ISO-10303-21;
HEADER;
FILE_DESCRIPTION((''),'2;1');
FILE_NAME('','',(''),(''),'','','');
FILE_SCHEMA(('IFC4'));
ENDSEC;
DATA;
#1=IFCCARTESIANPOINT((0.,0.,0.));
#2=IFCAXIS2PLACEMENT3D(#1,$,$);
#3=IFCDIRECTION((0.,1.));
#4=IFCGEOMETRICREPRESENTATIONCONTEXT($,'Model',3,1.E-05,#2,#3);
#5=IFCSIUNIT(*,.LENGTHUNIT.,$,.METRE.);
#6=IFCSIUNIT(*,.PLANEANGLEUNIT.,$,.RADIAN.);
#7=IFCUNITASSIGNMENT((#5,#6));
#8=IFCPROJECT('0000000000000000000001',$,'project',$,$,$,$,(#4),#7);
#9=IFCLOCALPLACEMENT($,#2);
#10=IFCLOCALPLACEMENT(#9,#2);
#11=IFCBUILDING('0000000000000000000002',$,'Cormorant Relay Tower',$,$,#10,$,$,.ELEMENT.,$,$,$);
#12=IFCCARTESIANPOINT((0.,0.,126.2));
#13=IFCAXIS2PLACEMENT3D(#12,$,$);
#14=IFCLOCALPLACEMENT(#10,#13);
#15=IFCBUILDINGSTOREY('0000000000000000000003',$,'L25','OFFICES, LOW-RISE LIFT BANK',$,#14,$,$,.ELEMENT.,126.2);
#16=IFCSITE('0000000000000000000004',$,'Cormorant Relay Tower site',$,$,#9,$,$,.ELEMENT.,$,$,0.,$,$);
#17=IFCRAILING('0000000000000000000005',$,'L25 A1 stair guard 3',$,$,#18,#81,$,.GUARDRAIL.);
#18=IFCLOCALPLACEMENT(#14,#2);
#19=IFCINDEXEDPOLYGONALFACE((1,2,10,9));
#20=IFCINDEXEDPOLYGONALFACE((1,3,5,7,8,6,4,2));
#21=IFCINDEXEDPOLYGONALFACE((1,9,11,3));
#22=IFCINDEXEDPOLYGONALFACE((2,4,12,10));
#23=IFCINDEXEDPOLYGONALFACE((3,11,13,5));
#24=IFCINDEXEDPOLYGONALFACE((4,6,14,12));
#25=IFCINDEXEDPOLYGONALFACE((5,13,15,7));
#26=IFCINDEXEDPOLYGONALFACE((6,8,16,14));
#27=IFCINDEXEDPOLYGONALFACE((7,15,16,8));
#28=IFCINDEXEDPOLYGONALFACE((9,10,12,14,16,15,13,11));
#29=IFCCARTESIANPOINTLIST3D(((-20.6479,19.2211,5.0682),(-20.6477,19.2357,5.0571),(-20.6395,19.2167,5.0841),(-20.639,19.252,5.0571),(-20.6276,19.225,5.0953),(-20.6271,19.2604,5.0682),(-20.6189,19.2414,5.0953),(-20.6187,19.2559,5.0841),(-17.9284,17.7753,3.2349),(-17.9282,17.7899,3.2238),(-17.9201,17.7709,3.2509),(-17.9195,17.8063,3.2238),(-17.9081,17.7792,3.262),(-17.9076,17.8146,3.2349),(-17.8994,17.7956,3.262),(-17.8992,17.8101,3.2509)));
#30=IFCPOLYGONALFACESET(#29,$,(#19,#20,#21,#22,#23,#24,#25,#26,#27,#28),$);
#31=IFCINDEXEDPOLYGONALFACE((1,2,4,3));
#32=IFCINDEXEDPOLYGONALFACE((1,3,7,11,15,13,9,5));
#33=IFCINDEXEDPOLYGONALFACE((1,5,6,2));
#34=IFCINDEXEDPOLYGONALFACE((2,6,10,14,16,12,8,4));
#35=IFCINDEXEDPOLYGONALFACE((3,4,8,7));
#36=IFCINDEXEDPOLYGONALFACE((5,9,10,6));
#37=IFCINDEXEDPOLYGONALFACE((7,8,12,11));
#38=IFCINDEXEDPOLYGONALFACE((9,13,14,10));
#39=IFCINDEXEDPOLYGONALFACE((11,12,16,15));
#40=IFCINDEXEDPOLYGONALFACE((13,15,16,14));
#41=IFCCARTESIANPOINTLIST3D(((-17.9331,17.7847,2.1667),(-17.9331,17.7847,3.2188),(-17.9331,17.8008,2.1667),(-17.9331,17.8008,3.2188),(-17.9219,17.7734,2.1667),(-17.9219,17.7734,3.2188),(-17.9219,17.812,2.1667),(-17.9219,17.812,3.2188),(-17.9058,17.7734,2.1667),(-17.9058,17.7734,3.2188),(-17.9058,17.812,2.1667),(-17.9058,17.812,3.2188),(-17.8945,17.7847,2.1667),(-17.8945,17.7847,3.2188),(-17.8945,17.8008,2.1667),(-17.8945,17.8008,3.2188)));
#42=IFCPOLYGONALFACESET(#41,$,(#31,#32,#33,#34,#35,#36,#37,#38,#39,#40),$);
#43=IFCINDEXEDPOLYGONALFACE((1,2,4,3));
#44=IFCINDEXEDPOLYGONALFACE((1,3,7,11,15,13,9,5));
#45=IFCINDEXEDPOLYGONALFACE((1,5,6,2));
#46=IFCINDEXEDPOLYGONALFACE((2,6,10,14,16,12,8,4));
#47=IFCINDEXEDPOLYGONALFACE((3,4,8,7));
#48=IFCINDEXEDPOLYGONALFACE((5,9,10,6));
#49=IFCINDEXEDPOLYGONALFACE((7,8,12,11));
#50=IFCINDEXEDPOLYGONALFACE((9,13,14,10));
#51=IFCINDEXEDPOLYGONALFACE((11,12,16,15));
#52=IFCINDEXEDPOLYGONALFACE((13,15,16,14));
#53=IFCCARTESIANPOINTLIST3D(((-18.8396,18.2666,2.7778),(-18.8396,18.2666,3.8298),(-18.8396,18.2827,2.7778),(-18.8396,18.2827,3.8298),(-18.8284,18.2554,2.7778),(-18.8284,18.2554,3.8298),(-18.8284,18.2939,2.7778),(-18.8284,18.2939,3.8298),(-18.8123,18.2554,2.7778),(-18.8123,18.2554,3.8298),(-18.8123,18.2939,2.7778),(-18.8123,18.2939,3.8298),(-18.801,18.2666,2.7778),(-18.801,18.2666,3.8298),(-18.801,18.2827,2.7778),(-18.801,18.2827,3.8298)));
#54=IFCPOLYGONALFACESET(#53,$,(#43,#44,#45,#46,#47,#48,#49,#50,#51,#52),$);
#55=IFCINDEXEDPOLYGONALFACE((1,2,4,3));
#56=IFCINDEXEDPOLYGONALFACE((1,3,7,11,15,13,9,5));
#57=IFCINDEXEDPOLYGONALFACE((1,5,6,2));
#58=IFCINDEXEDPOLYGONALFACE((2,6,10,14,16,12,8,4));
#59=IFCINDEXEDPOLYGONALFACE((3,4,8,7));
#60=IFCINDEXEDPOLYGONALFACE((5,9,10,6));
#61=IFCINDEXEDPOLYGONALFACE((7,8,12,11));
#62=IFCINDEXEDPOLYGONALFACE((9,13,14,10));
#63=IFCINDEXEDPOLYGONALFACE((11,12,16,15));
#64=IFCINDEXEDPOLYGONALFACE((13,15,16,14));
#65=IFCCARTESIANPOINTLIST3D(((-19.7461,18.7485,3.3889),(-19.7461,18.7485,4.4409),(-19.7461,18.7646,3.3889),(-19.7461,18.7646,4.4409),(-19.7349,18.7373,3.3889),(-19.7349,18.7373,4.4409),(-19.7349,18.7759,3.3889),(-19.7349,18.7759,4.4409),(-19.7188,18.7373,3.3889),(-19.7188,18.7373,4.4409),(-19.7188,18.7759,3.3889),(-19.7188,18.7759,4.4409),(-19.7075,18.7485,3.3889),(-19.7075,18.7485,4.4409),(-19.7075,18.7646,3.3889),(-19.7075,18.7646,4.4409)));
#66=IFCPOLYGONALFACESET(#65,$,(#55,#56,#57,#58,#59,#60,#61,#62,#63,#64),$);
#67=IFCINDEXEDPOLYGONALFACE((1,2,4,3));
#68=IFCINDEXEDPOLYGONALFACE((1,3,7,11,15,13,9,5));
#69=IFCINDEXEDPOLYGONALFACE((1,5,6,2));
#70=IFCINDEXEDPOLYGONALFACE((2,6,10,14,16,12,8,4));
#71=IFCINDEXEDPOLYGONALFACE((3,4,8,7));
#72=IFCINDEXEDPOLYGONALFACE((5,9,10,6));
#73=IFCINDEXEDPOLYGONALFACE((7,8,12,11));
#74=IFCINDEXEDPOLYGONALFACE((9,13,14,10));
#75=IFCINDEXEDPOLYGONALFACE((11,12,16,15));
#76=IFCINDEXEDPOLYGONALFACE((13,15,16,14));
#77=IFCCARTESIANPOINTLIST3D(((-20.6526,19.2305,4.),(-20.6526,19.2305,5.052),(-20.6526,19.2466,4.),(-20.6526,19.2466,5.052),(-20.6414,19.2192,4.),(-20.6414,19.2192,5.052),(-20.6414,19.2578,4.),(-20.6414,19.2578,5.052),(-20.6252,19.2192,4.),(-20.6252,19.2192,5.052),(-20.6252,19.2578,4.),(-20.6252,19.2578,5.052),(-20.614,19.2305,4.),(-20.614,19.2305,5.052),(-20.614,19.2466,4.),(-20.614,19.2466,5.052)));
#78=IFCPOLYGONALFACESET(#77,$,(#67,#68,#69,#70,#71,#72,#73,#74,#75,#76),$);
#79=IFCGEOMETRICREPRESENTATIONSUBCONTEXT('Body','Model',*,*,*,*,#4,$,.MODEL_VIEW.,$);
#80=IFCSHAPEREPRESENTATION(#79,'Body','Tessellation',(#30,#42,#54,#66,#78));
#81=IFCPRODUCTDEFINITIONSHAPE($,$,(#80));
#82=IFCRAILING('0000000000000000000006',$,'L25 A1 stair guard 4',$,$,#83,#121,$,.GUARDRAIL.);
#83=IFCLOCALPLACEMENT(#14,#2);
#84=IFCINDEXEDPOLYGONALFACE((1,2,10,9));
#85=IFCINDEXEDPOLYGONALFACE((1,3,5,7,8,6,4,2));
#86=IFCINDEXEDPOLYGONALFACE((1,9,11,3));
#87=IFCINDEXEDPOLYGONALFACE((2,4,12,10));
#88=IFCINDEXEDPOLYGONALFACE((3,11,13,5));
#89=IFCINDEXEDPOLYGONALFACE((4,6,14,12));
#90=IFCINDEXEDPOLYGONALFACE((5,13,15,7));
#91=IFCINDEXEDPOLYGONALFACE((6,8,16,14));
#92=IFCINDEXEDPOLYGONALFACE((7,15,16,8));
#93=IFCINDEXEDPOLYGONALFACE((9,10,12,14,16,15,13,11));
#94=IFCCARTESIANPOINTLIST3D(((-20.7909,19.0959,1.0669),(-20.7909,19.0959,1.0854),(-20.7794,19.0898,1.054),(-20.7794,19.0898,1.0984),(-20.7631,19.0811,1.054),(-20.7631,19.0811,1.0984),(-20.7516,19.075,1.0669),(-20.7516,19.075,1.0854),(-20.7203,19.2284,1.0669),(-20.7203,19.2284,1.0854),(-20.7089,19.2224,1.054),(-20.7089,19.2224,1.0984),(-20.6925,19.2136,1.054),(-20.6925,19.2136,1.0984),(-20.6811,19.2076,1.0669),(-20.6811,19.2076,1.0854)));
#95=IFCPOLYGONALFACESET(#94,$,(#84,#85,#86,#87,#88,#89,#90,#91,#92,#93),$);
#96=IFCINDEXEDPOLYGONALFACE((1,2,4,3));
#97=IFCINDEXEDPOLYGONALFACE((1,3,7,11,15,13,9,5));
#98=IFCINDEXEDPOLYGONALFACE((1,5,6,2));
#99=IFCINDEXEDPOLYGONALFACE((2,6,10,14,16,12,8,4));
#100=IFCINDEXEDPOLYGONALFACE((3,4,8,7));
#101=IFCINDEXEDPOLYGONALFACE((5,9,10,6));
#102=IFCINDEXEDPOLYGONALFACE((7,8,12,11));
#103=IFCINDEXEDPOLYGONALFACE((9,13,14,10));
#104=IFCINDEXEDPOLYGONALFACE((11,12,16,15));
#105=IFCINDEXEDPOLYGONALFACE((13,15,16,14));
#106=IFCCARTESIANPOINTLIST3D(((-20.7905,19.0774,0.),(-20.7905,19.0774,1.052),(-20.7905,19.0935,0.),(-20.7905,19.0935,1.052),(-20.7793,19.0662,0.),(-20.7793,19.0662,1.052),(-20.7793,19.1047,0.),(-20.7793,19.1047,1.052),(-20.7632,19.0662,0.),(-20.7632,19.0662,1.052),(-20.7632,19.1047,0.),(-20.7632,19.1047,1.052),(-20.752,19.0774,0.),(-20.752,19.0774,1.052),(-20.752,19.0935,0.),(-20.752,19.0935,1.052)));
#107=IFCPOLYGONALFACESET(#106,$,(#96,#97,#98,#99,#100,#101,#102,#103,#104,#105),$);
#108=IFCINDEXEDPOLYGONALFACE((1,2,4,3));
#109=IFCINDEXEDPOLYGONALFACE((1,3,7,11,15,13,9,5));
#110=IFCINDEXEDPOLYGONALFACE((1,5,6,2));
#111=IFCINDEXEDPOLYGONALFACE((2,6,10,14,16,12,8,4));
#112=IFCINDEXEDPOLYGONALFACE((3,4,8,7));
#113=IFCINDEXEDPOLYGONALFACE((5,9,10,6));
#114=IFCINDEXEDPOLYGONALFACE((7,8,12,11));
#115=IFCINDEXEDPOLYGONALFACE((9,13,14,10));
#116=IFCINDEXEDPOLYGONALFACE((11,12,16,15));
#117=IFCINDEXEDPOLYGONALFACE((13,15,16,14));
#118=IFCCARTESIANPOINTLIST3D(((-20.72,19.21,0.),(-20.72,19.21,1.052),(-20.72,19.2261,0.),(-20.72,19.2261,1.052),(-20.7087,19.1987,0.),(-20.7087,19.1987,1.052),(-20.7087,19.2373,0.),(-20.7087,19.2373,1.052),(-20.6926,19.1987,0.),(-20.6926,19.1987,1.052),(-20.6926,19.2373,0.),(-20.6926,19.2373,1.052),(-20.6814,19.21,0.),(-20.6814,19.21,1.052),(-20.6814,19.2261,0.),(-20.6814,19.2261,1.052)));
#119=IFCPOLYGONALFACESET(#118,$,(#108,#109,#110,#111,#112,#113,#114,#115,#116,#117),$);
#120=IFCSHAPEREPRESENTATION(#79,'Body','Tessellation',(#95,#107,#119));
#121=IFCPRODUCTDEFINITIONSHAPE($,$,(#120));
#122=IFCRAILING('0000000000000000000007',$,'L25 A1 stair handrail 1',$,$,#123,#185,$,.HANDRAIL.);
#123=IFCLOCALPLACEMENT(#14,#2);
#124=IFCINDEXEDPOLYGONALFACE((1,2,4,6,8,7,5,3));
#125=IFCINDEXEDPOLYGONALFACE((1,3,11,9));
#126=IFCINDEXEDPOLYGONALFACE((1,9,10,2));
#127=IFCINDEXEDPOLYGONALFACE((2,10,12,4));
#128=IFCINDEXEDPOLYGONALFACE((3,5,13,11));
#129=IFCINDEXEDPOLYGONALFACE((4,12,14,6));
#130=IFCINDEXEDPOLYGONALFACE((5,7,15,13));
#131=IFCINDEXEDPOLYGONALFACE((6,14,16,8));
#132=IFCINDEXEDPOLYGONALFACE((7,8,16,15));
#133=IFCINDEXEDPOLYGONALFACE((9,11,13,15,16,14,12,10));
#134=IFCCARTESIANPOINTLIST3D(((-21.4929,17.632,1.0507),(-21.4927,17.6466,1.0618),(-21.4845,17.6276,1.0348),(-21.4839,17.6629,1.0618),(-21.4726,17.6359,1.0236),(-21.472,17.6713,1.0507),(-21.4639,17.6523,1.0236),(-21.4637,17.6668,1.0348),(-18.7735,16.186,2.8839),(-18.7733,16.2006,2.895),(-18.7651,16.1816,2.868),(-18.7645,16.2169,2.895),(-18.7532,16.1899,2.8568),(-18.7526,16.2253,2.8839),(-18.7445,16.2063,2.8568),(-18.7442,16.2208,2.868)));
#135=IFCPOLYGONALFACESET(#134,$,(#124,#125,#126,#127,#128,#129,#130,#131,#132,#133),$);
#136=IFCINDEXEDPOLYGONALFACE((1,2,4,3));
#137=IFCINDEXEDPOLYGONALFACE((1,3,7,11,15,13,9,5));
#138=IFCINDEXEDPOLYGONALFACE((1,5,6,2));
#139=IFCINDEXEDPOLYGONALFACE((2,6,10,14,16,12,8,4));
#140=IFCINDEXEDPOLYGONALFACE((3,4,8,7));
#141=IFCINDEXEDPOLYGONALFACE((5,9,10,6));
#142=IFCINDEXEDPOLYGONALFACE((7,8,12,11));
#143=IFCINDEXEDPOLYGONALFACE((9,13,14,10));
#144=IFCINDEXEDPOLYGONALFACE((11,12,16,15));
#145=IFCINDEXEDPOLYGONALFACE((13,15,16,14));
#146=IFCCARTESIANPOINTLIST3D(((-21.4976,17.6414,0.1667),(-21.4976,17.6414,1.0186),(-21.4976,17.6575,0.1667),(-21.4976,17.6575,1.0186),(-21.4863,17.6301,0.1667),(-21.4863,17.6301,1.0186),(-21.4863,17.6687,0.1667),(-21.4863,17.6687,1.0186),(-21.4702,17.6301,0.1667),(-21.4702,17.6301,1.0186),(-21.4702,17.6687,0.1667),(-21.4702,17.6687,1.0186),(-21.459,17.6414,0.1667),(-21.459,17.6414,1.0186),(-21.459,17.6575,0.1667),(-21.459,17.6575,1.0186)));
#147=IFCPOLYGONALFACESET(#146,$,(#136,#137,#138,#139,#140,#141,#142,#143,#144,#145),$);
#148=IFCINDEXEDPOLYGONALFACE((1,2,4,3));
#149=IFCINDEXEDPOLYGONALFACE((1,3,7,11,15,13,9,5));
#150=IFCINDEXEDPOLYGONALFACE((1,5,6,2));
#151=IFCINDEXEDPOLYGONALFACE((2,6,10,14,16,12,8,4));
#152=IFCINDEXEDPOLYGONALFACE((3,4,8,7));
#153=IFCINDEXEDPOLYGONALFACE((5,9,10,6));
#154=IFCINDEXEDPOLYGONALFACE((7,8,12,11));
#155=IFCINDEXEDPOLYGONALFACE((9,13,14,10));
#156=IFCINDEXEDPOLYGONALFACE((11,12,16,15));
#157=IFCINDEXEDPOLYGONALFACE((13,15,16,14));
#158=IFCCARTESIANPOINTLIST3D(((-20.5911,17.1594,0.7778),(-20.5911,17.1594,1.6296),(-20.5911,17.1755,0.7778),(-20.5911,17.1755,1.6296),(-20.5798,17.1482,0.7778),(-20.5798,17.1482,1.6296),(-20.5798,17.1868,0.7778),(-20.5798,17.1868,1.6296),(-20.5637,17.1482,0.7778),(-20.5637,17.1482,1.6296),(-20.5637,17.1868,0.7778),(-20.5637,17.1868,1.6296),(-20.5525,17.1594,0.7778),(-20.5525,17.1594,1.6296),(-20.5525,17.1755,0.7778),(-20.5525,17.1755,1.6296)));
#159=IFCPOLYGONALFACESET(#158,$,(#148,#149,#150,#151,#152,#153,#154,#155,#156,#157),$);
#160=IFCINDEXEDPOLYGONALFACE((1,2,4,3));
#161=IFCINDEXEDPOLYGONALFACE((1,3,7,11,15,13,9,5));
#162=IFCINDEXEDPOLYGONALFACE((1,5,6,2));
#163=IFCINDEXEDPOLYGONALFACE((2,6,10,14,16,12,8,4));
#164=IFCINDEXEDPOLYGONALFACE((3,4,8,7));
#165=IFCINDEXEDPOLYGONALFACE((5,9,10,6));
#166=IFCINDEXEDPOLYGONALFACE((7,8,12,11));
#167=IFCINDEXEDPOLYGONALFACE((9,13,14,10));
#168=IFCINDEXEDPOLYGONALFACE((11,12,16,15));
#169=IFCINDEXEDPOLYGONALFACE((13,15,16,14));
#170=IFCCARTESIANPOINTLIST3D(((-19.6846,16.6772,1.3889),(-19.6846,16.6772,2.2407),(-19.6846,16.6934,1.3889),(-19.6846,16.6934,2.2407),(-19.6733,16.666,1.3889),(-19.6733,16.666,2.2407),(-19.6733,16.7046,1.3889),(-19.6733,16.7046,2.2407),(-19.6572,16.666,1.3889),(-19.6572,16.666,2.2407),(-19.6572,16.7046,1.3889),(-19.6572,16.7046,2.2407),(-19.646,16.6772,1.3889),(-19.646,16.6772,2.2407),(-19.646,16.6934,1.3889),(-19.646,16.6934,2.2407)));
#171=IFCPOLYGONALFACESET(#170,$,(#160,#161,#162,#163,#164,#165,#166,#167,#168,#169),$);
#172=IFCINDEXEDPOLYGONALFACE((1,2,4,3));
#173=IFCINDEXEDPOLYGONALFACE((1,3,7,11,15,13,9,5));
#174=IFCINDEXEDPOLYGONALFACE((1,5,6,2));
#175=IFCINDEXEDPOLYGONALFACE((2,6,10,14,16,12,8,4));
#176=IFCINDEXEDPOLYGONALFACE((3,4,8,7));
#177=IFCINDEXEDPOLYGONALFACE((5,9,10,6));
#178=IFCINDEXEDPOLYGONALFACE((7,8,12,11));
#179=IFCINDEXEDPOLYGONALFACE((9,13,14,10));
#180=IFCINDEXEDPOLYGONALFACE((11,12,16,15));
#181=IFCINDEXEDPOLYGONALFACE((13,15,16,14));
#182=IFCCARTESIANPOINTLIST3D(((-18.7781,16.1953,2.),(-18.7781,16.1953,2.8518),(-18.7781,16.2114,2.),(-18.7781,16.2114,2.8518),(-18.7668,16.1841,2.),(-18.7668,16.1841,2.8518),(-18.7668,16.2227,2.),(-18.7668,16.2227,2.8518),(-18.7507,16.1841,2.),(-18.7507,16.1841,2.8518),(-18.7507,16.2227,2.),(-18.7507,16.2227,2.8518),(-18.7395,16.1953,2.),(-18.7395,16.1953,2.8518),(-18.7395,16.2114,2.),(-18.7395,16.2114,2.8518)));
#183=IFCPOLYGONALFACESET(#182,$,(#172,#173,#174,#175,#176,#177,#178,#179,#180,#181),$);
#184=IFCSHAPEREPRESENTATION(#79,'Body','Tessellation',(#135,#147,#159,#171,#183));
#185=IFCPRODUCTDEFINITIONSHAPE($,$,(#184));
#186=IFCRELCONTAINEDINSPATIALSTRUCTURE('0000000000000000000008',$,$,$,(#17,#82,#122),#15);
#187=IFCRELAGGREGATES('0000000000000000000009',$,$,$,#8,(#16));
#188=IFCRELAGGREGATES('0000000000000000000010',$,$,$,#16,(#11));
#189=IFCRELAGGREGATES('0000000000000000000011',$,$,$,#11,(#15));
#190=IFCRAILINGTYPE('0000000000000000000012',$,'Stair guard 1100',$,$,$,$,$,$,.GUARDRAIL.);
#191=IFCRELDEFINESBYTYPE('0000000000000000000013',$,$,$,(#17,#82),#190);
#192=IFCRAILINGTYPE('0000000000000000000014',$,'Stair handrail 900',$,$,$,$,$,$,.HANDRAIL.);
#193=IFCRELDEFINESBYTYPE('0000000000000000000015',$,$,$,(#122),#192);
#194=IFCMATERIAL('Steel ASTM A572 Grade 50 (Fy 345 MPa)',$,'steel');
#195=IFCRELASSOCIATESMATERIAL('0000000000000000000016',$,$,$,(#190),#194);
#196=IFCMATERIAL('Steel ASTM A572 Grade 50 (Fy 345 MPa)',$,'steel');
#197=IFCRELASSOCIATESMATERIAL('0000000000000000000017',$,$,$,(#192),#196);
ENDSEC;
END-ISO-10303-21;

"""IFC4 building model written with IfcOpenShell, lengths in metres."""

from ifc_helpers import new_model, si_unit, direction, frame, origin, place, context, subcontext, project, spatial, polyline, outline, extrude, material, type_object, element, save


model = new_model("IFC4")

# Units and contexts
model_context = context("Model", 3, precision=1e-05, world=origin(), true_north=direction((0.0, 1.0)))
body_context = subcontext(model_context, "Body", "Model", "MODEL_VIEW")
ifc_project = project(units=[si_unit("LENGTHUNIT", "METRE"), si_unit("PLANEANGLEUNIT", "RADIAN")], contexts=[model_context])

# Site, building, storey
site_placement = place(None, origin())
site = spatial("IfcSite", under=ifc_project, at=site_placement, Name="Cormorant Relay Tower site", CompositionType="ELEMENT", RefElevation=0.0)
building_placement = place(site_placement, origin())
building = spatial("IfcBuilding", under=site, at=building_placement, Name="Cormorant Relay Tower", CompositionType="ELEMENT")
storey_placement = place(building_placement, frame((0.0, 0.0, 126.2)))
storey = spatial("IfcBuildingStorey", under=building, at=storey_placement, Name="L25", Description="OFFICES, LOW-RISE LIFT BANK", CompositionType="ELEMENT", Elevation=126.2)

# Railings
ifc_material_1 = material(Name="Steel ASTM A572 Grade 50 (Fy 345 MPa)", Category="steel")
railing_type_1 = type_object("IfcRailingType", Name="Stair guard 1100", PredefinedType="GUARDRAIL", material=ifc_material_1)
railing_1_placement = place(storey_placement, frame((-17.9138, 17.7927, 2.1667)))
element("IfcRailing", 1, at=railing_1_placement, inside=storey, type_object=railing_type_1, Name="L25 A1 stair guard 3", PredefinedType="GUARDRAIL", context=body_context, shape_type="SweptSolid", body=[
    extrude(outline(polyline([(0.0222, 0.0093), (0.0093, 0.0222), (-0.0093, 0.0222), (-0.0222, 0.0093), (-0.0222, -0.0093), (-0.0093, -0.0222), (0.0093, -0.0222), (0.0222, -0.0093), (0.0222, 0.0093)])), frame((0.0, 0.0, 1.0762), z_axis=(-0.758735, 0.403378, 0.511477), x_axis=(-0.469428, -0.882971, 0.0)), (0.0, 0.0, 1.0), 3.5842),
    extrude(outline(polyline([(0.0193, 0.0081), (0.0081, 0.0193), (-0.0081, 0.0193), (-0.0193, 0.0081), (-0.0193, -0.0081), (-0.0081, -0.0193), (0.0081, -0.0193), (0.0193, -0.0081), (0.0193, 0.0081)])), origin(), (0.0, 0.0, 1.0), 1.052),
    extrude(outline(polyline([(0.0193, 0.0081), (0.0081, 0.0193), (-0.0081, 0.0193), (-0.0193, 0.0081), (-0.0193, -0.0081), (-0.0081, -0.0193), (0.0081, -0.0193), (0.0193, -0.0081), (0.0193, 0.0081)])), frame((-0.9065, 0.4819, 0.6111)), (0.0, 0.0, 1.0), 1.052),
    extrude(outline(polyline([(0.0193, 0.0081), (0.0081, 0.0193), (-0.0081, 0.0193), (-0.0193, 0.0081), (-0.0193, -0.0081), (-0.0081, -0.0193), (0.0081, -0.0193), (0.0193, -0.0081), (0.0193, 0.0081)])), frame((-1.813, 0.9639, 1.2222)), (0.0, 0.0, 1.0), 1.052),
    extrude(outline(polyline([(0.0193, 0.0081), (0.0081, 0.0193), (-0.0081, 0.0193), (-0.0193, 0.0081), (-0.0193, -0.0081), (-0.0081, -0.0193), (0.0081, -0.0193), (0.0193, -0.0081), (0.0193, 0.0081)])), frame((-2.7195, 1.4458, 1.8333)), (0.0, 0.0, 1.0), 1.052),
])
railing_2_placement = place(storey_placement, frame((-20.7712, 19.0854, 0.0)))
element("IfcRailing", 2, at=railing_2_placement, inside=storey, type_object=railing_type_1, Name="L25 A1 stair guard 4", PredefinedType="GUARDRAIL", context=body_context, shape_type="SweptSolid", body=[
    extrude(outline(polyline([(0.0222, 0.0093), (0.0093, 0.0222), (-0.0093, 0.0222), (-0.0222, 0.0093), (-0.0222, -0.0093), (-0.0093, -0.0222), (0.0093, -0.0222), (0.0222, -0.0093), (0.0222, 0.0093)])), frame((0.0, 0.0, 1.0762), z_axis=(0.469829, 0.882758, 0.0), x_axis=(-0.882758, 0.469829, 0.0)), (0.0, 0.0, 1.0), 0.1501),
    extrude(outline(polyline([(0.0193, 0.0081), (0.0081, 0.0193), (-0.0081, 0.0193), (-0.0193, 0.0081), (-0.0193, -0.0081), (-0.0081, -0.0193), (0.0081, -0.0193), (0.0193, -0.0081), (0.0193, 0.0081)])), origin(), (0.0, 0.0, 1.0), 1.052),
    extrude(outline(polyline([(0.0193, 0.0081), (0.0081, 0.0193), (-0.0081, 0.0193), (-0.0193, 0.0081), (-0.0193, -0.0081), (-0.0081, -0.0193), (0.0081, -0.0193), (0.0193, -0.0081), (0.0193, 0.0081)])), frame((0.0706, 0.1326, 0.0)), (0.0, 0.0, 1.0), 1.052),
])
ifc_material_2 = material(Name="Steel ASTM A572 Grade 50 (Fy 345 MPa)", Category="steel")
railing_type_2 = type_object("IfcRailingType", Name="Stair handrail 900", PredefinedType="HANDRAIL", material=ifc_material_2)
railing_3_placement = place(storey_placement, frame((-21.4783, 17.6494, 0.1667)))
element("IfcRailing", 3, at=railing_3_placement, inside=storey, type_object=railing_type_2, Name="L25 A1 stair handrail 1", PredefinedType="HANDRAIL", context=body_context, shape_type="SweptSolid", body=[
    extrude(outline(polyline([(0.0222, 0.0093), (0.0093, 0.0222), (-0.0093, 0.0222), (-0.0222, 0.0093), (-0.0222, -0.0093), (-0.0093, -0.0222), (0.0093, -0.0222), (0.0222, -0.0093), (0.0222, 0.0093)])), frame((0.0, 0.0, 0.876), z_axis=(0.758714, -0.403435, 0.511463), x_axis=(0.469489, 0.882938, 0.0)), (0.0, 0.0, 1.0), 3.5842),
    extrude(outline(polyline([(0.0193, 0.0081), (0.0081, 0.0193), (-0.0081, 0.0193), (-0.0193, 0.0081), (-0.0193, -0.0081), (-0.0081, -0.0193), (0.0081, -0.0193), (0.0193, -0.0081), (0.0193, 0.0081)])), origin(), (0.0, 0.0, 1.0), 0.8518),
    extrude(outline(polyline([(0.0193, 0.0081), (0.0081, 0.0193), (-0.0081, 0.0193), (-0.0193, 0.0081), (-0.0193, -0.0081), (-0.0081, -0.0193), (0.0081, -0.0193), (0.0193, -0.0081), (0.0193, 0.0081)])), frame((0.9065, -0.4819, 0.6111)), (0.0, 0.0, 1.0), 0.8518),
    extrude(outline(polyline([(0.0193, 0.0081), (0.0081, 0.0193), (-0.0081, 0.0193), (-0.0193, 0.0081), (-0.0193, -0.0081), (-0.0081, -0.0193), (0.0081, -0.0193), (0.0193, -0.0081), (0.0193, 0.0081)])), frame((1.813, -0.9641, 1.2222)), (0.0, 0.0, 1.0), 0.8518),
    extrude(outline(polyline([(0.0193, 0.0081), (0.0081, 0.0193), (-0.0081, 0.0193), (-0.0193, 0.0081), (-0.0193, -0.0081), (-0.0081, -0.0193), (0.0081, -0.0193), (0.0193, -0.0081), (0.0193, 0.0081)])), frame((2.7195, -1.446, 1.8333)), (0.0, 0.0, 1.0), 0.8518),
])

save(model, "model.ifc")
